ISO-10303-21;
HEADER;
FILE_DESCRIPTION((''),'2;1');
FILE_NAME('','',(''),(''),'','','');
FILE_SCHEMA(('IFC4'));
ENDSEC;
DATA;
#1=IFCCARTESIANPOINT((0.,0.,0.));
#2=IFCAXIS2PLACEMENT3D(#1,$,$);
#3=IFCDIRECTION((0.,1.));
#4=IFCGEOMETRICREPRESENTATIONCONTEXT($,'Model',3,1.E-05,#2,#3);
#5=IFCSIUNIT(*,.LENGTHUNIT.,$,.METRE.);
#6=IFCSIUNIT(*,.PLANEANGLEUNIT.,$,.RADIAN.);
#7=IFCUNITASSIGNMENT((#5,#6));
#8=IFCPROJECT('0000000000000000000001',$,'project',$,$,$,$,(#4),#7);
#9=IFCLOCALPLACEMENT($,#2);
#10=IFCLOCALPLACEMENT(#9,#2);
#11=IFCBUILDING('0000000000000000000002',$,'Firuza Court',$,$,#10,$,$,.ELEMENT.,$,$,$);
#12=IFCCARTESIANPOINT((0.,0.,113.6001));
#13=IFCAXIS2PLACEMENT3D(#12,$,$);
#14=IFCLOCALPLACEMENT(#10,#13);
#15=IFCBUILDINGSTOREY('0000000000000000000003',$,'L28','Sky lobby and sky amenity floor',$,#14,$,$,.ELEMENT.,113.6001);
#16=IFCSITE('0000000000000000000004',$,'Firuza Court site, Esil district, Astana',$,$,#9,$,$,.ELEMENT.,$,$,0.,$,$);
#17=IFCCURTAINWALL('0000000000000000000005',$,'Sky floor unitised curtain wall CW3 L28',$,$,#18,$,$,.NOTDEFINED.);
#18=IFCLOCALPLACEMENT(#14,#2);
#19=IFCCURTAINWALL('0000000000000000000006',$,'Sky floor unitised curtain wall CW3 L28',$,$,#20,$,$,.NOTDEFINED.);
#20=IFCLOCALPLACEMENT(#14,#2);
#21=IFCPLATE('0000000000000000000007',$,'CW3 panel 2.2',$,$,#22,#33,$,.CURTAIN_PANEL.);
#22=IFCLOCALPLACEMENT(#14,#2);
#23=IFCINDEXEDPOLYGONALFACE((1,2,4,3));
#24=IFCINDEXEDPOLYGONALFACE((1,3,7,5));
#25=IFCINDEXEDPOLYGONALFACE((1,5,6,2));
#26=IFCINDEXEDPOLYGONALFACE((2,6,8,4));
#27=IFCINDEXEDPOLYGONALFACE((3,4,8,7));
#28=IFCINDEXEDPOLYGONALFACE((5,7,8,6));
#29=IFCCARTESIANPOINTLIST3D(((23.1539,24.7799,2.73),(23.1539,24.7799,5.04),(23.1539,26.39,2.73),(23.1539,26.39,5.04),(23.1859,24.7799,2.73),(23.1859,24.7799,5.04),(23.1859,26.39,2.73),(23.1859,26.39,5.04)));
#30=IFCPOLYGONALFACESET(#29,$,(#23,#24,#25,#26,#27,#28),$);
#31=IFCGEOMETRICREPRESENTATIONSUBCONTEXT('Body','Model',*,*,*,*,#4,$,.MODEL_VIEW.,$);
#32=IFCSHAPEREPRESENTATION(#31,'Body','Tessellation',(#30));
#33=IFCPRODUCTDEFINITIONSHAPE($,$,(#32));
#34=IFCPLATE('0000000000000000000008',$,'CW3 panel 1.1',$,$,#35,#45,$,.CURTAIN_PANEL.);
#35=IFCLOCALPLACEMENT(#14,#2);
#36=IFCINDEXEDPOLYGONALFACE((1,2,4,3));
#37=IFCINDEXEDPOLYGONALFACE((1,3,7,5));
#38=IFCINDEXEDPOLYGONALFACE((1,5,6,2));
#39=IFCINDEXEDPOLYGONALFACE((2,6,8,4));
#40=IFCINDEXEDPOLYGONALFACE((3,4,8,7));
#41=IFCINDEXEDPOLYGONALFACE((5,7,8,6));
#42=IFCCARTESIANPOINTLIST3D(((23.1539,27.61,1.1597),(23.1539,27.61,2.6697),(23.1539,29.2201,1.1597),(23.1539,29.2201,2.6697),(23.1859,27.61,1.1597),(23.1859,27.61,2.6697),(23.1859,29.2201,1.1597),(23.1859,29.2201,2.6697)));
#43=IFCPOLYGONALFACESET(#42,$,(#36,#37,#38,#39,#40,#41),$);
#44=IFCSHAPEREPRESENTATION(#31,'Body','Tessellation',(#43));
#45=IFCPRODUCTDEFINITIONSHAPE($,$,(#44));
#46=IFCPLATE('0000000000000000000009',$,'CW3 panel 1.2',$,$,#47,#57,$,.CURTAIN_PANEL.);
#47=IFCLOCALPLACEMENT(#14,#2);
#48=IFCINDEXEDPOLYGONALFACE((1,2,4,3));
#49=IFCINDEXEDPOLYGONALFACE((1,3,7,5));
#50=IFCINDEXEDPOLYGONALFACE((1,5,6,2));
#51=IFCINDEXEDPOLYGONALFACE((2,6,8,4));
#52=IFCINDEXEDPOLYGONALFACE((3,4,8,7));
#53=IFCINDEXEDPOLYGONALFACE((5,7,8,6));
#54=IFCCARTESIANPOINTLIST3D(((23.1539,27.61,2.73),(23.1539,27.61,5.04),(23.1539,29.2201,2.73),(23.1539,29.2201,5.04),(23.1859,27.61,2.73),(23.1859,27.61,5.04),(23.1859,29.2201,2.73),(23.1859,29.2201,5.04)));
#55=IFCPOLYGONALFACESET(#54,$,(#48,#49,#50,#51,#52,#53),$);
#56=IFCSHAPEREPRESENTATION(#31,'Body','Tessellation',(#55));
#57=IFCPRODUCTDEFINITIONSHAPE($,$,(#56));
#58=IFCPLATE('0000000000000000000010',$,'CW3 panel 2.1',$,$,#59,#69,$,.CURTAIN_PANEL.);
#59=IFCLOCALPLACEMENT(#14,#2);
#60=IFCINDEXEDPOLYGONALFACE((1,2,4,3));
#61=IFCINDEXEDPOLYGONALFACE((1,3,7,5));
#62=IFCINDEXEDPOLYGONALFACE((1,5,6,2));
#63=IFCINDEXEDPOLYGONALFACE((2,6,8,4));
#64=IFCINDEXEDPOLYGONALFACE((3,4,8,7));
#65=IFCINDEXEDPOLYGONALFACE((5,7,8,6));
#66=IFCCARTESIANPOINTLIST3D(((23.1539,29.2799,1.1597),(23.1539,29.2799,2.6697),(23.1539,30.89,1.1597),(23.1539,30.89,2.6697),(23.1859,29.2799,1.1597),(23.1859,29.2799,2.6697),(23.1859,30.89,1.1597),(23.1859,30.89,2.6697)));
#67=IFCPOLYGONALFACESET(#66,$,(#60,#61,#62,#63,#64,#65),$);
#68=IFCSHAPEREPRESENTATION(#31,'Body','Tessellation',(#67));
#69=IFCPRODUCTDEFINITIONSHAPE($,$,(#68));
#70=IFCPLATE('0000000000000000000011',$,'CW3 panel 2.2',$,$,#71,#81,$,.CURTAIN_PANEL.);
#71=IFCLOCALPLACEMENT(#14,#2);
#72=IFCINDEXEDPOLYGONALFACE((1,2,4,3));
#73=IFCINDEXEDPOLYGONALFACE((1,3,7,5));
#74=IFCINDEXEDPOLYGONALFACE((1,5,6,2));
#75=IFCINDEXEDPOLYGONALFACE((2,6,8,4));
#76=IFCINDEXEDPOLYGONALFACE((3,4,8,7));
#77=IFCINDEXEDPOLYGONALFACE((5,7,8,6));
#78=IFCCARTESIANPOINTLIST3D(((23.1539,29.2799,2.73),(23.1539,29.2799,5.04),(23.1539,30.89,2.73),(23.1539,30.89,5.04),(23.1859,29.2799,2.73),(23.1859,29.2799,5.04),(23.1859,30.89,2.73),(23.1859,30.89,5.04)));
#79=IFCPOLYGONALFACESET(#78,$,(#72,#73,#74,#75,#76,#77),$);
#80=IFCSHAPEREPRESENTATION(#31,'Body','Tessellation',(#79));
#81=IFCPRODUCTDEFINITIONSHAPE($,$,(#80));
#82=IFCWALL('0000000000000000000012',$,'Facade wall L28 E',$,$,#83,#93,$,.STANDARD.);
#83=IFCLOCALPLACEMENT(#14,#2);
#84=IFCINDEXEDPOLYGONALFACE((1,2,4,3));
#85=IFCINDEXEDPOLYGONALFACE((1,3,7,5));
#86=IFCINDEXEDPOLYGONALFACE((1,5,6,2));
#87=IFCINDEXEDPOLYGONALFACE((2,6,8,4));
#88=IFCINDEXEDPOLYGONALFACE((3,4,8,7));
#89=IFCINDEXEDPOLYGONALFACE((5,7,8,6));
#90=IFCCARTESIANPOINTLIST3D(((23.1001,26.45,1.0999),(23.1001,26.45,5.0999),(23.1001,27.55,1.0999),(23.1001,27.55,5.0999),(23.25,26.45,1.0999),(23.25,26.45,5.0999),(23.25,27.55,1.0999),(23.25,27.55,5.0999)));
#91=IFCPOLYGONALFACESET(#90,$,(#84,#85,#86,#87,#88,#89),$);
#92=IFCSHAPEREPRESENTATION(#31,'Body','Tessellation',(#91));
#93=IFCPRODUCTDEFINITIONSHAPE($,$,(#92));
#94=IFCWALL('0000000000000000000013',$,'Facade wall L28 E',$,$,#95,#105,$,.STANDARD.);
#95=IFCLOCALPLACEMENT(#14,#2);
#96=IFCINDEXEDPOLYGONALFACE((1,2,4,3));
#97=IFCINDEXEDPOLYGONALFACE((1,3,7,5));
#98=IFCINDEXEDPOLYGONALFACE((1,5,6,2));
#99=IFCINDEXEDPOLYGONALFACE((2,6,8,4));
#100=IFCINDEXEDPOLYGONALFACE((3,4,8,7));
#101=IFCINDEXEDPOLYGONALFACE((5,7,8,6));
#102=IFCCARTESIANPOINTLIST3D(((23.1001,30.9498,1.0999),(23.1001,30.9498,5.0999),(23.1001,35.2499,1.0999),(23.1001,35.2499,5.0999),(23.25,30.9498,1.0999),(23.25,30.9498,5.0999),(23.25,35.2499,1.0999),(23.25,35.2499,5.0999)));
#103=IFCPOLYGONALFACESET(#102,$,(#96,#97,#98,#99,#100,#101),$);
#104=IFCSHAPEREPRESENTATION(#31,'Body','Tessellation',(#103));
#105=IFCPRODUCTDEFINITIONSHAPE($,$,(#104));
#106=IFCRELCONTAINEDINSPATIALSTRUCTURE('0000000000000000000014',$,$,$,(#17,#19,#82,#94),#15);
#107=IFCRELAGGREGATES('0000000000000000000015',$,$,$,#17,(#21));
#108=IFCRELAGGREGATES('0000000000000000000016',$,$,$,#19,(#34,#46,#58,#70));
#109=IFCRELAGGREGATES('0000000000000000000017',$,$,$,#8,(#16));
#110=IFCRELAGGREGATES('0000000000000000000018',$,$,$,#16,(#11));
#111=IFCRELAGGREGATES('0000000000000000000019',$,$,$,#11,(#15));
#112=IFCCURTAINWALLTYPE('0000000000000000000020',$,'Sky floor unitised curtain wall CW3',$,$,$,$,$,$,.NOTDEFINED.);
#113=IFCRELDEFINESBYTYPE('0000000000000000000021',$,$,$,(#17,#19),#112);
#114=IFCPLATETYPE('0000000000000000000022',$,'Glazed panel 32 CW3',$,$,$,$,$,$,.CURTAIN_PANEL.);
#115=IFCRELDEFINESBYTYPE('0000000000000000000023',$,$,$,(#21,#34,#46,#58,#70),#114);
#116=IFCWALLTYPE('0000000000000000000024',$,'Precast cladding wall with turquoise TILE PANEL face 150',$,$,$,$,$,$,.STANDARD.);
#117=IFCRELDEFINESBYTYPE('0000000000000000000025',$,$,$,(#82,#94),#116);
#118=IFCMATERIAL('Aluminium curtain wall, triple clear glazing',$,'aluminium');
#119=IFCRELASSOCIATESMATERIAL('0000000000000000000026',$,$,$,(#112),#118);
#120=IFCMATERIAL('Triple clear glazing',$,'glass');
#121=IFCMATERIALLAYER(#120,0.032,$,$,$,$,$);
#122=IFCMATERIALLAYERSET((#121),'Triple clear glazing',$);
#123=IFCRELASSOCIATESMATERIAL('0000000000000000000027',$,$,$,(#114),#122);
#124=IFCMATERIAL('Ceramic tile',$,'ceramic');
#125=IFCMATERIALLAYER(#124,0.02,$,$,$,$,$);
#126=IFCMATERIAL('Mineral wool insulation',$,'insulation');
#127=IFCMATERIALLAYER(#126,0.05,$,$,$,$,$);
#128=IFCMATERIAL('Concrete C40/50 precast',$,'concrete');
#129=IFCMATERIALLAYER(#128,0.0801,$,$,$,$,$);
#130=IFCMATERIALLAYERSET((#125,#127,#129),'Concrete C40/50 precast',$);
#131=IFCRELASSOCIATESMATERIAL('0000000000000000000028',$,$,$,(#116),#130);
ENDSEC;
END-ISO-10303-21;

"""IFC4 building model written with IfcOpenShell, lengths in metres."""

from ifc_helpers import new_model, si_unit, direction, frame, frame_2d, origin, origin_2d, place, context, subcontext, project, spatial, rectangle, extrude, material, layer, layer_set, type_object, element, aggregate, save


model = new_model("IFC4")

# Units and contexts
model_context = context("Model", 3, precision=1e-05, world=origin(), true_north=direction((0.0, 1.0)))
body_context = subcontext(model_context, "Body", "Model", "MODEL_VIEW")
ifc_project = project(units=[si_unit("LENGTHUNIT", "METRE"), si_unit("PLANEANGLEUNIT", "RADIAN")], contexts=[model_context])

# Site, building, storey
site_placement = place(None, origin())
site = spatial("IfcSite", under=ifc_project, at=site_placement, Name="Firuza Court site, Esil district, Astana", CompositionType="ELEMENT", RefElevation=0.0)
building_placement = place(site_placement, origin())
building = spatial("IfcBuilding", under=site, at=building_placement, Name="Firuza Court", CompositionType="ELEMENT")
storey_placement = place(building_placement, frame((0.0, 0.0, 113.6001)))
storey = spatial("IfcBuildingStorey", under=building, at=storey_placement, Name="L28", Description="Sky lobby and sky amenity floor", CompositionType="ELEMENT", Elevation=113.6001)

# Curtain wall
ifc_material_1 = material(Name="Aluminium curtain wall, triple clear glazing", Category="aluminium")
curtain_wall_type = type_object("IfcCurtainWallType", Name="Sky floor unitised curtain wall CW3", PredefinedType="NOTDEFINED", material=ifc_material_1)
curtain_wall_1_placement = place(storey_placement, origin())
curtain_wall_1 = element("IfcCurtainWall", 1, at=curtain_wall_1_placement, inside=storey, type_object=curtain_wall_type, Name="Sky floor unitised curtain wall CW3 L28", PredefinedType="NOTDEFINED")

# Curtain wall
curtain_wall_2_placement = place(storey_placement, origin())
curtain_wall_2 = element("IfcCurtainWall", 2, at=curtain_wall_2_placement, inside=storey, type_object=curtain_wall_type, Name="Sky floor unitised curtain wall CW3 L28", PredefinedType="NOTDEFINED")

# Plates
ifc_material_2 = material(Name="Triple clear glazing", Category="glass")
ifc_layer_1 = layer(ifc_material_2, 0.032)
ifc_layer_set_1 = layer_set([ifc_layer_1], Name="Triple clear glazing")
plate_type = type_object("IfcPlateType", Name="Glazed panel 32 CW3", PredefinedType="CURTAIN_PANEL", material=ifc_layer_set_1)
plate_1_placement = place(storey_placement, frame((23.1699, 25.585, 2.73), z_axis=(0.0, 0.0, 1.0), x_axis=(0.0, 1.0, 0.0)))
plate_1 = element("IfcPlate", 3, at=plate_1_placement, type_object=plate_type, Name="CW3 panel 2.2", PredefinedType="CURTAIN_PANEL", context=body_context, shape_type="SweptSolid", body=[
    extrude(rectangle(XDim=1.6101, YDim=0.032, at=origin_2d()), origin(), (0.0, 0.0, 1.0), 2.3101),
])
aggregate(curtain_wall_1, [plate_1])
plate_2_placement = place(storey_placement, frame((23.1699, 28.415, 1.1597), z_axis=(0.0, 0.0, 1.0), x_axis=(0.0, 1.0, 0.0)))
plate_2 = element("IfcPlate", 4, at=plate_2_placement, type_object=plate_type, Name="CW3 panel 1.1", PredefinedType="CURTAIN_PANEL", context=body_context, shape_type="SweptSolid", body=[
    extrude(rectangle(XDim=1.6101, YDim=0.032, at=origin_2d()), origin(), (0.0, 0.0, 1.0), 1.51),
])
plate_3_placement = place(storey_placement, frame((23.1699, 28.415, 2.73), z_axis=(0.0, 0.0, 1.0), x_axis=(0.0, 1.0, 0.0)))
plate_3 = element("IfcPlate", 5, at=plate_3_placement, type_object=plate_type, Name="CW3 panel 1.2", PredefinedType="CURTAIN_PANEL", context=body_context, shape_type="SweptSolid", body=[
    extrude(rectangle(XDim=1.6101, YDim=0.032, at=origin_2d()), origin(), (0.0, 0.0, 1.0), 2.3101),
])
plate_4_placement = place(storey_placement, frame((23.1699, 30.085, 1.1597), z_axis=(0.0, 0.0, 1.0), x_axis=(0.0, 1.0, 0.0)))
plate_4 = element("IfcPlate", 6, at=plate_4_placement, type_object=plate_type, Name="CW3 panel 2.1", PredefinedType="CURTAIN_PANEL", context=body_context, shape_type="SweptSolid", body=[
    extrude(rectangle(XDim=1.6101, YDim=0.032, at=origin_2d()), origin(), (0.0, 0.0, 1.0), 1.51),
])
plate_5_placement = place(storey_placement, frame((23.1699, 30.085, 2.73), z_axis=(0.0, 0.0, 1.0), x_axis=(0.0, 1.0, 0.0)))
plate_5 = element("IfcPlate", 7, at=plate_5_placement, type_object=plate_type, Name="CW3 panel 2.2", PredefinedType="CURTAIN_PANEL", context=body_context, shape_type="SweptSolid", body=[
    extrude(rectangle(XDim=1.6101, YDim=0.032, at=origin_2d()), origin(), (0.0, 0.0, 1.0), 2.3101),
])
aggregate(curtain_wall_2, [plate_2, plate_3, plate_4, plate_5])

# Walls
ifc_material_3 = material(Name="Ceramic tile", Category="ceramic")
ifc_layer_2 = layer(ifc_material_3, 0.02)
ifc_material_4 = material(Name="Mineral wool insulation", Category="insulation")
ifc_layer_3 = layer(ifc_material_4, 0.05)
ifc_material_5 = material(Name="Concrete C40/50 precast", Category="concrete")
ifc_layer_4 = layer(ifc_material_5, 0.0801)
ifc_layer_set_2 = layer_set([ifc_layer_2, ifc_layer_3, ifc_layer_4], Name="Concrete C40/50 precast")
wall_type = type_object("IfcWallType", Name="Precast cladding wall with turquoise TILE PANEL face 150", PredefinedType="STANDARD", material=ifc_layer_set_2)
wall_1_placement = place(storey_placement, frame((23.175, 26.45, 1.0999), z_axis=(0.0, 0.0, 1.0), x_axis=(0.0, 1.0, 0.0)))
element("IfcWall", 8, at=wall_1_placement, inside=storey, type_object=wall_type, Name="Facade wall L28 E", PredefinedType="STANDARD", context=body_context, shape_type="SweptSolid", body=[
    extrude(rectangle(XDim=1.1001, YDim=0.1499, at=frame_2d((0.55, 0.0))), origin(), (0.0, 0.0, 1.0), 4.0),
])
wall_2_placement = place(storey_placement, frame((23.175, 30.95, 1.0999), z_axis=(0.0, 0.0, 1.0), x_axis=(0.0, 1.0, 0.0)))
element("IfcWall", 9, at=wall_2_placement, inside=storey, type_object=wall_type, Name="Facade wall L28 E", PredefinedType="STANDARD", context=body_context, shape_type="SweptSolid", body=[
    extrude(rectangle(XDim=4.3, YDim=0.1499, at=frame_2d((2.1499, 0.0))), origin(), (0.0, 0.0, 1.0), 4.0),
])

save(model, "model.ifc")
